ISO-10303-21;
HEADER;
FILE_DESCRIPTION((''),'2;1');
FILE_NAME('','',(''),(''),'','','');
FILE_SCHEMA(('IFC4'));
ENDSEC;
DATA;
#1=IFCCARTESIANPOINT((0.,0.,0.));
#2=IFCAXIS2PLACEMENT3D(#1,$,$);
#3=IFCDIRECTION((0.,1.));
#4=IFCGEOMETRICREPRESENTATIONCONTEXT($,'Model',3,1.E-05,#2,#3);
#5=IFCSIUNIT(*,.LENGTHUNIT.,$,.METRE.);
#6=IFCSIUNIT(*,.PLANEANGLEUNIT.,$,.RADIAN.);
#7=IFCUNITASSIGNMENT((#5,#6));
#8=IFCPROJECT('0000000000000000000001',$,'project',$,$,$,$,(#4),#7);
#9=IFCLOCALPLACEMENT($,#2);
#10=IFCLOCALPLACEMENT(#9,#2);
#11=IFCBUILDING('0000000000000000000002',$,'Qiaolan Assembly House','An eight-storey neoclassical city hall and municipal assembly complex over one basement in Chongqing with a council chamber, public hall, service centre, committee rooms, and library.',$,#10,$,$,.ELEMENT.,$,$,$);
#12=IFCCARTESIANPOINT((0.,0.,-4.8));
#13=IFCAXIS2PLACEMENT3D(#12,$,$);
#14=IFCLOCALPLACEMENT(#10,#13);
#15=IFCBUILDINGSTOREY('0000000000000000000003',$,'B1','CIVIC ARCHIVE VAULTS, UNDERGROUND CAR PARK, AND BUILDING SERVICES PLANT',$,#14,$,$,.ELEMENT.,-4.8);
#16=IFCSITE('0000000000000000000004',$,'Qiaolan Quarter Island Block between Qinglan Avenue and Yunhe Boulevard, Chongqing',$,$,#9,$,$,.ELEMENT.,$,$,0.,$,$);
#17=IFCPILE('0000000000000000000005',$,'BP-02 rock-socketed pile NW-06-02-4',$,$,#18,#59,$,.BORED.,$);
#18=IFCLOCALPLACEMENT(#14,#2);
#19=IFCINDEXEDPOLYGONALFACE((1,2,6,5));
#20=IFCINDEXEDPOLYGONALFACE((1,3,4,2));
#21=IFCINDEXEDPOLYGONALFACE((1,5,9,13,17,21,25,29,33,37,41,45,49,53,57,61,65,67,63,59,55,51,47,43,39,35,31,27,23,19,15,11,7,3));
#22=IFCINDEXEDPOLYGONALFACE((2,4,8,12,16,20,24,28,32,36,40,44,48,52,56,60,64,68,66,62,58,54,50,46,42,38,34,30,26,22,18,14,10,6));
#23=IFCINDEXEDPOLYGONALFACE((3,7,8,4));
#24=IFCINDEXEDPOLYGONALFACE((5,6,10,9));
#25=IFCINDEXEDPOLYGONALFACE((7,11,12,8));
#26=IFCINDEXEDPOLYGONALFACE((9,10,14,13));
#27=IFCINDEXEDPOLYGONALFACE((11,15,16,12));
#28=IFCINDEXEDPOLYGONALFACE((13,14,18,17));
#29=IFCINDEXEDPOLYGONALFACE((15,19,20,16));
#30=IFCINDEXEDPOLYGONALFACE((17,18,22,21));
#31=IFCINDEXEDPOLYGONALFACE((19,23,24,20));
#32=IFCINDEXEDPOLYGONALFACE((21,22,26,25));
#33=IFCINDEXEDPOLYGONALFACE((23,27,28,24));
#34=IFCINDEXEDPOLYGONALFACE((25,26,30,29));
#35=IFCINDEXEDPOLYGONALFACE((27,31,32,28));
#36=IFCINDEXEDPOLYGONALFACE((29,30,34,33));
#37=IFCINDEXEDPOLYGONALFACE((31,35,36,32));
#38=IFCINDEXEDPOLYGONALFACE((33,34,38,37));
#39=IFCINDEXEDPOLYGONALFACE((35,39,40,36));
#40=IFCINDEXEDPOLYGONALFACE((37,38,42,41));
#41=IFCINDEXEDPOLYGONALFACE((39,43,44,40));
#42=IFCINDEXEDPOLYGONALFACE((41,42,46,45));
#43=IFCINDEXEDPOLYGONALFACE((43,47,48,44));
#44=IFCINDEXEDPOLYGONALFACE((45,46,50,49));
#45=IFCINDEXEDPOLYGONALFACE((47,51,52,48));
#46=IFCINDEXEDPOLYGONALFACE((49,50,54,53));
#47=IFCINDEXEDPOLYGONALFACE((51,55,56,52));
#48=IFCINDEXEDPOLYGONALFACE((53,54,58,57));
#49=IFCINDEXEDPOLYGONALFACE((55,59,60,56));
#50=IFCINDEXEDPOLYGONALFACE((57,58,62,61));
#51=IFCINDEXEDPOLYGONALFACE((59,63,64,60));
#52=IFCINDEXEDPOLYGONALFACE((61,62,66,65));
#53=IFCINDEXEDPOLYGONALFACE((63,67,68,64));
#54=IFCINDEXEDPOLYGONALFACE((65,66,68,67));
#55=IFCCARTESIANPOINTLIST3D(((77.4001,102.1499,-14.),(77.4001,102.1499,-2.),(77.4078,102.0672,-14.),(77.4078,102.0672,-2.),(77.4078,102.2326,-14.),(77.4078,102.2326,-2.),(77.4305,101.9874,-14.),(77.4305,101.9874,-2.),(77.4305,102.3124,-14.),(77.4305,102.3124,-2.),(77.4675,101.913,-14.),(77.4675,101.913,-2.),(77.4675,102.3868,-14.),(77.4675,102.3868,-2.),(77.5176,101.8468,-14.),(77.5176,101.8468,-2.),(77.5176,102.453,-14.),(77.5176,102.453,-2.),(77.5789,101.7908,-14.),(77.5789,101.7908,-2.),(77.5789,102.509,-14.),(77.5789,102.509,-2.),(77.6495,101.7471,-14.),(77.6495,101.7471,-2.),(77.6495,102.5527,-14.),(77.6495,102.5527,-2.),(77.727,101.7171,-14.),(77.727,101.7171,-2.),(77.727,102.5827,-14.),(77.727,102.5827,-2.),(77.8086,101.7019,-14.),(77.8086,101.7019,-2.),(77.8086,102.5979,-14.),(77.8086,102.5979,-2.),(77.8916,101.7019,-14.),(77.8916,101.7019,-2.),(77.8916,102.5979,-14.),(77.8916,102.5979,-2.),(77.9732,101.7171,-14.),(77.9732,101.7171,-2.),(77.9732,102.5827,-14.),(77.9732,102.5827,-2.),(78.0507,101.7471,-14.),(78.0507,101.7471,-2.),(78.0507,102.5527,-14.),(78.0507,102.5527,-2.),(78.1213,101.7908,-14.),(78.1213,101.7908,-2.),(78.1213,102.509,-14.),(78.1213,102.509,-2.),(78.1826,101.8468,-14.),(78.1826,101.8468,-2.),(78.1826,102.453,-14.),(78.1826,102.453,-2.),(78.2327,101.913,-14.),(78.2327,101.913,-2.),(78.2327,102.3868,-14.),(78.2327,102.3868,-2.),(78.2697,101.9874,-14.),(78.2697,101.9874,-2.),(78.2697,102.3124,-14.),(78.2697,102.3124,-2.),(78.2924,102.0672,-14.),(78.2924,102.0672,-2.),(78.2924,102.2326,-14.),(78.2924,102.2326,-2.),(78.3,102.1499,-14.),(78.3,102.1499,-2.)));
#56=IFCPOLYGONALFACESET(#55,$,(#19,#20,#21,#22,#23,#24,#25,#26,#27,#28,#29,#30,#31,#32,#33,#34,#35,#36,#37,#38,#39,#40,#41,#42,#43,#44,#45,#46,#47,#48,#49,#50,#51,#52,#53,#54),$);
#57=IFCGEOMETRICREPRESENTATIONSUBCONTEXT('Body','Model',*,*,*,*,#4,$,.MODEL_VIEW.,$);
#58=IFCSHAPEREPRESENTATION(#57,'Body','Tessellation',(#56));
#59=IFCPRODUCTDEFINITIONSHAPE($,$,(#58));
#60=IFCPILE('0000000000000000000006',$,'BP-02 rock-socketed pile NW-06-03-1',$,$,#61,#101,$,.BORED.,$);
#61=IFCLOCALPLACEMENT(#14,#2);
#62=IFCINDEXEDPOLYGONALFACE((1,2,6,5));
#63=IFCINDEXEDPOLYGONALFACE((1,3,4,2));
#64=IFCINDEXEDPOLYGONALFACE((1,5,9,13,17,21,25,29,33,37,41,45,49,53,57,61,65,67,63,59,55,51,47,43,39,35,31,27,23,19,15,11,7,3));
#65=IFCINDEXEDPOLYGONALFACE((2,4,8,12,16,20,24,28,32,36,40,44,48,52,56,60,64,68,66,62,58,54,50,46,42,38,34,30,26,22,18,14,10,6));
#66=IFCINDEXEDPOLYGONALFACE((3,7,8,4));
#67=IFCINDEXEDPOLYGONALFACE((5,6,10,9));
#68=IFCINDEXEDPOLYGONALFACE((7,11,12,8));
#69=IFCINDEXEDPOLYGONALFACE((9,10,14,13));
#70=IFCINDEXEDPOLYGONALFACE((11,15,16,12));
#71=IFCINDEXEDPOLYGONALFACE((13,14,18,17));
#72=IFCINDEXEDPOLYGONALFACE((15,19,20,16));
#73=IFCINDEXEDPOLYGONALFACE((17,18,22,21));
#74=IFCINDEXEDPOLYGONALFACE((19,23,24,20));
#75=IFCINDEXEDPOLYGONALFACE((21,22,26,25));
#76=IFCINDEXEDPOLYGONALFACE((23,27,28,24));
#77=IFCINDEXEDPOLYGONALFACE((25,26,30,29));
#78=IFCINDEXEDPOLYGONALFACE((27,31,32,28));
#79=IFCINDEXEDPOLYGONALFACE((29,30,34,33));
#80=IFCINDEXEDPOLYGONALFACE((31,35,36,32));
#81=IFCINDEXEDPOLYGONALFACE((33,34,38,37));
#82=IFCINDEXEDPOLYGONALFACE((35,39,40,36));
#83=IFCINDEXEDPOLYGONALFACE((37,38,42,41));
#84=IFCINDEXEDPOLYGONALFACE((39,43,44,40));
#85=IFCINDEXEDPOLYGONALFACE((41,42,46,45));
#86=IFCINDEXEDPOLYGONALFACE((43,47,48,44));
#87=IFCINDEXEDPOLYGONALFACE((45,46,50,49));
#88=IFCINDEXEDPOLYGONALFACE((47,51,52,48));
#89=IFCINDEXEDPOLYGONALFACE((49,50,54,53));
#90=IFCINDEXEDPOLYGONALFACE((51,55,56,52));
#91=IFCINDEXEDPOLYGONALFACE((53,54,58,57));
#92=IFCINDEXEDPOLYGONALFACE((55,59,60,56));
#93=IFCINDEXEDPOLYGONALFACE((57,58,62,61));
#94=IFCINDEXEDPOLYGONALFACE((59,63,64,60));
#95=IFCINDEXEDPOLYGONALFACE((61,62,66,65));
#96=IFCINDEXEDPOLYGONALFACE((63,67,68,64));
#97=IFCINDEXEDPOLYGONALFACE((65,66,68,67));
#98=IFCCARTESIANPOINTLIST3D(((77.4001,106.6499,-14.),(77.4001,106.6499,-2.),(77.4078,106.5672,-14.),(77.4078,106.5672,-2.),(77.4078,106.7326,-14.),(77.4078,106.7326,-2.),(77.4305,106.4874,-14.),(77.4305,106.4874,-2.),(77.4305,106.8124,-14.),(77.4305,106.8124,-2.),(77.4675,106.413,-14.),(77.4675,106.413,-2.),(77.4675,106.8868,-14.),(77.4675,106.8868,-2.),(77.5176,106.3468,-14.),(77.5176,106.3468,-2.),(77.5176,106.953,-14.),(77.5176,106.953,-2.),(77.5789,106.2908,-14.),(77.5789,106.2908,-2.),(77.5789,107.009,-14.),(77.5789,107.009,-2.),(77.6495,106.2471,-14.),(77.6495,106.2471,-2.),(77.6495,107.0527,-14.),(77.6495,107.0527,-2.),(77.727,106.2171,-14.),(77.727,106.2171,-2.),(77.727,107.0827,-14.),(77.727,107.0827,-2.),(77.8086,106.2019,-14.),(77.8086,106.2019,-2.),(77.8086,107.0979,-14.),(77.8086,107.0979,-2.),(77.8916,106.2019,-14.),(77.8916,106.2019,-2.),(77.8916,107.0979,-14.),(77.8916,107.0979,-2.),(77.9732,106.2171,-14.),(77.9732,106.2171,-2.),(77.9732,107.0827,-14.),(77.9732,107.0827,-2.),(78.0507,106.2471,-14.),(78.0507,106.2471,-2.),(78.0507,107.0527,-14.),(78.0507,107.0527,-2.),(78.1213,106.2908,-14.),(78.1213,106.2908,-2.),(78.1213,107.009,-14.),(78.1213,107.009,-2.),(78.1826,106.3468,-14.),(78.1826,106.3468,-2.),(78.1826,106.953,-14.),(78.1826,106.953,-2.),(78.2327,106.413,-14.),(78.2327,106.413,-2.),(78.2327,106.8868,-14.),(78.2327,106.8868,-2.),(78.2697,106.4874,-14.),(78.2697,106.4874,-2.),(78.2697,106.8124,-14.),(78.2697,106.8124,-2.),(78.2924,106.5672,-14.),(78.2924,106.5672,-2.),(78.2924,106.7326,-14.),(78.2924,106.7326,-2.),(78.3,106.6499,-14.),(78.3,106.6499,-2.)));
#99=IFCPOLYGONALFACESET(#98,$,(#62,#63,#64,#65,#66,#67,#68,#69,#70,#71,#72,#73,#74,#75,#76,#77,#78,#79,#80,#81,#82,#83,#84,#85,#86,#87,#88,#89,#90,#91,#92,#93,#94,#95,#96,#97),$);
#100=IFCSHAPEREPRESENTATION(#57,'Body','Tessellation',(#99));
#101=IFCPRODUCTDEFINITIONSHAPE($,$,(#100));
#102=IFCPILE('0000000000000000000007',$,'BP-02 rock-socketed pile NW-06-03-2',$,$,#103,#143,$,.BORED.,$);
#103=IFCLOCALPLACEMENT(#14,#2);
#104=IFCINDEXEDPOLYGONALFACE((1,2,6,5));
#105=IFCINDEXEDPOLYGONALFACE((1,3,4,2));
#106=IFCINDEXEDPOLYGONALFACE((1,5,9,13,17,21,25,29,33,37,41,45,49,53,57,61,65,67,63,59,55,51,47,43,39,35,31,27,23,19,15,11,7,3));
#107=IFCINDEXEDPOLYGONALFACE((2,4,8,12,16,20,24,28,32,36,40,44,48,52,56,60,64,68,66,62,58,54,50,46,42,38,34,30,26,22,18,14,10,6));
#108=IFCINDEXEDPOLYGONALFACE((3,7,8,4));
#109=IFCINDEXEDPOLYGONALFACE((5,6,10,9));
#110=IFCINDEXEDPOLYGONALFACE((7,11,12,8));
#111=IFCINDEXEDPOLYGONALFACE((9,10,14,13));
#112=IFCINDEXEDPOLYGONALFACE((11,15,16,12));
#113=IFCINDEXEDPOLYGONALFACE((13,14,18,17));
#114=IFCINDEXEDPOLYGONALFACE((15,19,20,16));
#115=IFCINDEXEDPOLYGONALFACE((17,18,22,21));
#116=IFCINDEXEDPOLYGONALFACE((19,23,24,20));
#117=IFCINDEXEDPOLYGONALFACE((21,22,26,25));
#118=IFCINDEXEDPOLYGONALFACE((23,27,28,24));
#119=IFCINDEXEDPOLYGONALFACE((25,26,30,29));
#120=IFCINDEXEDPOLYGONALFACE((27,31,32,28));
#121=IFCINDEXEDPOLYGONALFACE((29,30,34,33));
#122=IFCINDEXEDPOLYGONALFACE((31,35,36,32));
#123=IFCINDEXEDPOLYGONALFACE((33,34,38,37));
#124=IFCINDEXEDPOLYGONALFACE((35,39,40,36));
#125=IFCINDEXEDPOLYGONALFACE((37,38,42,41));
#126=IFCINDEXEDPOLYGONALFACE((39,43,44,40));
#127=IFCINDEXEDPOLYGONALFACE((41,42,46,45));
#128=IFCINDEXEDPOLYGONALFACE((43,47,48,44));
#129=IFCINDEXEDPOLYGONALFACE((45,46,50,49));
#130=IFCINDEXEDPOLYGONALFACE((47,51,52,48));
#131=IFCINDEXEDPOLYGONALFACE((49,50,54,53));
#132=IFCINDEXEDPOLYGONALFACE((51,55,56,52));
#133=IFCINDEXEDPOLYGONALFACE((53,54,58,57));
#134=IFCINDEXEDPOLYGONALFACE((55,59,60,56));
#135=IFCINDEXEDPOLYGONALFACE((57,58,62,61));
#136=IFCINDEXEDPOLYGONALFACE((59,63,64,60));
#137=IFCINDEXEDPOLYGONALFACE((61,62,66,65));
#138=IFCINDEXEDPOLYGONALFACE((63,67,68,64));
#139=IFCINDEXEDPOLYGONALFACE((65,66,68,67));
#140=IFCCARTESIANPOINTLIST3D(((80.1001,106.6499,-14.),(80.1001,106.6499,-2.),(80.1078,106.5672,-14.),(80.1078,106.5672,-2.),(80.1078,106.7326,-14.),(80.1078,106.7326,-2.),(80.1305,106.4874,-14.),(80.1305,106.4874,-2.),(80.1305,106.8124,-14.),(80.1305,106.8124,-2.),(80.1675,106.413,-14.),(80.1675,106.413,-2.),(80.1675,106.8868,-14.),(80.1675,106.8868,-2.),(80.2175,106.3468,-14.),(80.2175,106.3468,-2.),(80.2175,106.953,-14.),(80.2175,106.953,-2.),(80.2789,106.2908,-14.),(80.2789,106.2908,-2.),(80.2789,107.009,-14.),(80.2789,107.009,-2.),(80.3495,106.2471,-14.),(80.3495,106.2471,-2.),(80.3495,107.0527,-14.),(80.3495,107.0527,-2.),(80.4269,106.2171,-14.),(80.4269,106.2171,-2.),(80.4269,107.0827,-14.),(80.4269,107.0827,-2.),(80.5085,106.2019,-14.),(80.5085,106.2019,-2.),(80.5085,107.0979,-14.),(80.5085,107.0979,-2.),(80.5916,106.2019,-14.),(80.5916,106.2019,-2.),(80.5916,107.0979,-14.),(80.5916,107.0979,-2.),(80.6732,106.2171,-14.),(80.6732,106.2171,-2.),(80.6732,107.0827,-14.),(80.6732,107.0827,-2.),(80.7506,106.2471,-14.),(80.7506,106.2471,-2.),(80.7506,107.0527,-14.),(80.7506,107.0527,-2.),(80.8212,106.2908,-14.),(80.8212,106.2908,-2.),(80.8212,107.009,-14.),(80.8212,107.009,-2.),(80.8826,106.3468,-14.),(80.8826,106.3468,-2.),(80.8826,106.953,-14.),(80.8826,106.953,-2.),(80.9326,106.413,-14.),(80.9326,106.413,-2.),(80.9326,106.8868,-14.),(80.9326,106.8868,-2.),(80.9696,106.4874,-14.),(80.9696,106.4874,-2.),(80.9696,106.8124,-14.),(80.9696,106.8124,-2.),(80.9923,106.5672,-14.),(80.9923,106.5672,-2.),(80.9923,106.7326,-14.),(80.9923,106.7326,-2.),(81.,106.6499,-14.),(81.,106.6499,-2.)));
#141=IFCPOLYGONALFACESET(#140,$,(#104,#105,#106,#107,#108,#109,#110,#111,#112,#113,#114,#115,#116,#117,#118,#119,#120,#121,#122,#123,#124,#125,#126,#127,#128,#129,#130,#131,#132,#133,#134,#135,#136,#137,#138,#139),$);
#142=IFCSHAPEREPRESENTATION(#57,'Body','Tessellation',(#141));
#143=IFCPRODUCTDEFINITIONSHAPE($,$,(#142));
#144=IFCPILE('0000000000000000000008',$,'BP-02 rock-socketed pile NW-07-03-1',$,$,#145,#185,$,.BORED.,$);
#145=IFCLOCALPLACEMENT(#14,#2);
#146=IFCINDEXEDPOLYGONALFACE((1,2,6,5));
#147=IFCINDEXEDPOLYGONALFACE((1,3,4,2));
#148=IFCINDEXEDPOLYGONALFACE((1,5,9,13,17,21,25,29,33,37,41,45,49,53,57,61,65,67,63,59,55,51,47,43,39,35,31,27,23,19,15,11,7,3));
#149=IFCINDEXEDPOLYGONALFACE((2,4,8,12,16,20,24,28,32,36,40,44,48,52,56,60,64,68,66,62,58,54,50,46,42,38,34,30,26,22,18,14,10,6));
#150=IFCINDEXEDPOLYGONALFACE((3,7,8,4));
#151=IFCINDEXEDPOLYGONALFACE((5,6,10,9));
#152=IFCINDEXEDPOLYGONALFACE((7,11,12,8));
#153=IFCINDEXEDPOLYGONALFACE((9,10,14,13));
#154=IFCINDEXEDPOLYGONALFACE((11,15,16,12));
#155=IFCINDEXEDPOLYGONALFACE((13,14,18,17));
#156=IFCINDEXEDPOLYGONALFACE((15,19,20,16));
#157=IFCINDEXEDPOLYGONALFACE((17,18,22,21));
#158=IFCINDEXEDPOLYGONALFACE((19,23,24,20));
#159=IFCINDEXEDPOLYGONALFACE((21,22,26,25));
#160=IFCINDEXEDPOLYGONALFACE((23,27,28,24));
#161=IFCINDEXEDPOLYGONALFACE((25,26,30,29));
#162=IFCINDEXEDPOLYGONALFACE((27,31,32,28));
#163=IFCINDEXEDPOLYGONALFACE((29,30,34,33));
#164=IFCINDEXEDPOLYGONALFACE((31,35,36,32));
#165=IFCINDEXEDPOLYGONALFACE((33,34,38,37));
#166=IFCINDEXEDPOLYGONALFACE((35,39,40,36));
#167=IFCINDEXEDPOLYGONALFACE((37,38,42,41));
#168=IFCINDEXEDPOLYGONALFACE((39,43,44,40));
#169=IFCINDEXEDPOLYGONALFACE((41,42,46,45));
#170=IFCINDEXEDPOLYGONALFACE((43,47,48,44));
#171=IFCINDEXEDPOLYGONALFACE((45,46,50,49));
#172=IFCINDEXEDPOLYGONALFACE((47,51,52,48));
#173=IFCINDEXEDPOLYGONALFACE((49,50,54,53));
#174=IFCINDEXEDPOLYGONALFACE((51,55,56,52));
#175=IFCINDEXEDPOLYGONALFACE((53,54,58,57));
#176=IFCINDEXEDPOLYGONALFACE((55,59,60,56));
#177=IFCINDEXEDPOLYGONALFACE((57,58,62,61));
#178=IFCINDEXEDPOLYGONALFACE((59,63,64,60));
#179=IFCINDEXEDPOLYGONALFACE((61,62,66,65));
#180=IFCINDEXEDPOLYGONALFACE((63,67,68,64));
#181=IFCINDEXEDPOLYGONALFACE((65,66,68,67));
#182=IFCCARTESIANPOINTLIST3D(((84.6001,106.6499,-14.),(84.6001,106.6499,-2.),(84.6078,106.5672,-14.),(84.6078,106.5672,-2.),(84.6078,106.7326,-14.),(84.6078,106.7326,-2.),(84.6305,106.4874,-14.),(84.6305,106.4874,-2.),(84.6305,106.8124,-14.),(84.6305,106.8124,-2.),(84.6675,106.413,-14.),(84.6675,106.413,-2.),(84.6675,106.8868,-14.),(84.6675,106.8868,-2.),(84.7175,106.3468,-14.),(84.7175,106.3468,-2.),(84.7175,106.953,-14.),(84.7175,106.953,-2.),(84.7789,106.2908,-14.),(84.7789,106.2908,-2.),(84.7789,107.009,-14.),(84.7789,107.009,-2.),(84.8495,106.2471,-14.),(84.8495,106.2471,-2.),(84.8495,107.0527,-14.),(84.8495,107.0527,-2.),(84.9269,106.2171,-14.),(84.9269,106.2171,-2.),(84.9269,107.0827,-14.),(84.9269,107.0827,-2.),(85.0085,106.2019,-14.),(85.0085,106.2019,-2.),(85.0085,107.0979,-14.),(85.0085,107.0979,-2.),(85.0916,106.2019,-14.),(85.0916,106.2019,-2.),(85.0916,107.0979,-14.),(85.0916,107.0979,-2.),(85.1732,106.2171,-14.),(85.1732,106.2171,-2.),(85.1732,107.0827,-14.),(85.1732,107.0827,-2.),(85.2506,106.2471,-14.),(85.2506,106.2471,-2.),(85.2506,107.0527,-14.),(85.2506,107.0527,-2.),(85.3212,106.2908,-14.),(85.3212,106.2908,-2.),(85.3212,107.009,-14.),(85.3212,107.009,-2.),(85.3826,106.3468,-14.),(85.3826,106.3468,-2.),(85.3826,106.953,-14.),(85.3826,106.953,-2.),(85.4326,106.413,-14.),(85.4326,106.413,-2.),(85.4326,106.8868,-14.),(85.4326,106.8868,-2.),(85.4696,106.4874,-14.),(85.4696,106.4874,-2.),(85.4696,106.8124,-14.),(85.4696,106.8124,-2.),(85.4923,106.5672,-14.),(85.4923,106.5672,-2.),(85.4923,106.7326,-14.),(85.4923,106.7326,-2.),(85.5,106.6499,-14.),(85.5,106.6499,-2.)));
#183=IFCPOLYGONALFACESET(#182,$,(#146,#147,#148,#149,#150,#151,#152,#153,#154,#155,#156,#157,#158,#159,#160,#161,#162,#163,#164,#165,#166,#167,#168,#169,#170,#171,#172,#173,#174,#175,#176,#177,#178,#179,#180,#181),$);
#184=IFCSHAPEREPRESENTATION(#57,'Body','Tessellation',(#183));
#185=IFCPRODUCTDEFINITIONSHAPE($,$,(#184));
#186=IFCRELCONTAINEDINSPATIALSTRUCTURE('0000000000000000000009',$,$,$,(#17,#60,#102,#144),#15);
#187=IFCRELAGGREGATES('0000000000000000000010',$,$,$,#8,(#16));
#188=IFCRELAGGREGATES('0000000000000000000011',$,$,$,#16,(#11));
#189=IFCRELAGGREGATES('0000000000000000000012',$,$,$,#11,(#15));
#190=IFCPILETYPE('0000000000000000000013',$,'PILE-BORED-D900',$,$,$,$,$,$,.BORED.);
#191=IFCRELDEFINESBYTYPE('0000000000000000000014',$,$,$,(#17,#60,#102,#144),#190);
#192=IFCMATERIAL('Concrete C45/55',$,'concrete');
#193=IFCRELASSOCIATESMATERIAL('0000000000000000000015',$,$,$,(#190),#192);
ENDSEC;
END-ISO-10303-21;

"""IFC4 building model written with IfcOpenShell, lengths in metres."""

from ifc_helpers import new_model, si_unit, direction, frame, origin, origin_2d, place, context, subcontext, project, spatial, circle, extrude, material, material_profile, profile_set, type_object, element, save


model = new_model("IFC4")

# Units and contexts
model_context = context("Model", 3, precision=1e-05, world=origin(), true_north=direction((0.0, 1.0)))
body_context = subcontext(model_context, "Body", "Model", "MODEL_VIEW")
ifc_project = project(units=[si_unit("LENGTHUNIT", "METRE"), si_unit("PLANEANGLEUNIT", "RADIAN")], contexts=[model_context])

# Site, building, storey
site_placement = place(None, origin())
site = spatial("IfcSite", under=ifc_project, at=site_placement, Name="Qiaolan Quarter Island Block between Qinglan Avenue and Yunhe Boulevard, Chongqing", CompositionType="ELEMENT", RefElevation=0.0)
building_placement = place(site_placement, origin())
building = spatial("IfcBuilding", under=site, at=building_placement, Name="Qiaolan Assembly House", Description="An eight-storey neoclassical city hall and municipal assembly complex over one basement in Chongqing with a council chamber, public hall, service centre, committee rooms, and library.", CompositionType="ELEMENT")
storey_placement = place(building_placement, frame((0.0, 0.0, -4.8)))
storey = spatial("IfcBuildingStorey", under=building, at=storey_placement, Name="B1", Description="CIVIC ARCHIVE VAULTS, UNDERGROUND CAR PARK, AND BUILDING SERVICES PLANT", CompositionType="ELEMENT", Elevation=-4.8)

# Piles
ifc_material_1 = material(Name="Concrete C45/55", Category="concrete")
ifc_material_profile_1 = material_profile(ifc_material_1, circle(Radius=0.45, at=origin_2d()), Name="PILE D900")
ifc_profile_set_1 = profile_set([ifc_material_profile_1], Name="Concrete C45/55")
pile_type_1 = type_object("IfcPileType", Name="PILE-BORED-D900", PredefinedType="BORED", material=ifc_profile_set_1)
for number, where, z_axis, x_axis, name in (
    (1, (77.8501, 102.1499, -2.0), (0.0, 0.0, -1.0), (1.0, 0.0, 0.0), "BP-02 rock-socketed pile NW-06-02-4"),
    (2, (77.8501, 106.6499, -2.0), (0.0, 0.0, -1.0), (1.0, 0.0, 0.0), "BP-02 rock-socketed pile NW-06-03-1"),
    (3, (80.55, 106.6499, -2.0), (0.0, 0.0, -1.0), (1.0, 0.0, 0.0), "BP-02 rock-socketed pile NW-06-03-2"),
    (4, (85.05, 106.6499, -2.0), (0.0, 0.0, -1.0), (1.0, 0.0, 0.0), "BP-02 rock-socketed pile NW-07-03-1"),
):
    element("IfcPile", number, at=place(storey_placement, frame(where, z_axis=z_axis, x_axis=x_axis)), inside=storey, type_object=pile_type_1, Name=name, PredefinedType="BORED", context=body_context, shape_type="SweptSolid", body=[
        extrude(circle(Radius=0.45, at=origin_2d()), origin(), (0.0, 0.0, 1.0), 12.0),
    ])

save(model, "model.ifc")
